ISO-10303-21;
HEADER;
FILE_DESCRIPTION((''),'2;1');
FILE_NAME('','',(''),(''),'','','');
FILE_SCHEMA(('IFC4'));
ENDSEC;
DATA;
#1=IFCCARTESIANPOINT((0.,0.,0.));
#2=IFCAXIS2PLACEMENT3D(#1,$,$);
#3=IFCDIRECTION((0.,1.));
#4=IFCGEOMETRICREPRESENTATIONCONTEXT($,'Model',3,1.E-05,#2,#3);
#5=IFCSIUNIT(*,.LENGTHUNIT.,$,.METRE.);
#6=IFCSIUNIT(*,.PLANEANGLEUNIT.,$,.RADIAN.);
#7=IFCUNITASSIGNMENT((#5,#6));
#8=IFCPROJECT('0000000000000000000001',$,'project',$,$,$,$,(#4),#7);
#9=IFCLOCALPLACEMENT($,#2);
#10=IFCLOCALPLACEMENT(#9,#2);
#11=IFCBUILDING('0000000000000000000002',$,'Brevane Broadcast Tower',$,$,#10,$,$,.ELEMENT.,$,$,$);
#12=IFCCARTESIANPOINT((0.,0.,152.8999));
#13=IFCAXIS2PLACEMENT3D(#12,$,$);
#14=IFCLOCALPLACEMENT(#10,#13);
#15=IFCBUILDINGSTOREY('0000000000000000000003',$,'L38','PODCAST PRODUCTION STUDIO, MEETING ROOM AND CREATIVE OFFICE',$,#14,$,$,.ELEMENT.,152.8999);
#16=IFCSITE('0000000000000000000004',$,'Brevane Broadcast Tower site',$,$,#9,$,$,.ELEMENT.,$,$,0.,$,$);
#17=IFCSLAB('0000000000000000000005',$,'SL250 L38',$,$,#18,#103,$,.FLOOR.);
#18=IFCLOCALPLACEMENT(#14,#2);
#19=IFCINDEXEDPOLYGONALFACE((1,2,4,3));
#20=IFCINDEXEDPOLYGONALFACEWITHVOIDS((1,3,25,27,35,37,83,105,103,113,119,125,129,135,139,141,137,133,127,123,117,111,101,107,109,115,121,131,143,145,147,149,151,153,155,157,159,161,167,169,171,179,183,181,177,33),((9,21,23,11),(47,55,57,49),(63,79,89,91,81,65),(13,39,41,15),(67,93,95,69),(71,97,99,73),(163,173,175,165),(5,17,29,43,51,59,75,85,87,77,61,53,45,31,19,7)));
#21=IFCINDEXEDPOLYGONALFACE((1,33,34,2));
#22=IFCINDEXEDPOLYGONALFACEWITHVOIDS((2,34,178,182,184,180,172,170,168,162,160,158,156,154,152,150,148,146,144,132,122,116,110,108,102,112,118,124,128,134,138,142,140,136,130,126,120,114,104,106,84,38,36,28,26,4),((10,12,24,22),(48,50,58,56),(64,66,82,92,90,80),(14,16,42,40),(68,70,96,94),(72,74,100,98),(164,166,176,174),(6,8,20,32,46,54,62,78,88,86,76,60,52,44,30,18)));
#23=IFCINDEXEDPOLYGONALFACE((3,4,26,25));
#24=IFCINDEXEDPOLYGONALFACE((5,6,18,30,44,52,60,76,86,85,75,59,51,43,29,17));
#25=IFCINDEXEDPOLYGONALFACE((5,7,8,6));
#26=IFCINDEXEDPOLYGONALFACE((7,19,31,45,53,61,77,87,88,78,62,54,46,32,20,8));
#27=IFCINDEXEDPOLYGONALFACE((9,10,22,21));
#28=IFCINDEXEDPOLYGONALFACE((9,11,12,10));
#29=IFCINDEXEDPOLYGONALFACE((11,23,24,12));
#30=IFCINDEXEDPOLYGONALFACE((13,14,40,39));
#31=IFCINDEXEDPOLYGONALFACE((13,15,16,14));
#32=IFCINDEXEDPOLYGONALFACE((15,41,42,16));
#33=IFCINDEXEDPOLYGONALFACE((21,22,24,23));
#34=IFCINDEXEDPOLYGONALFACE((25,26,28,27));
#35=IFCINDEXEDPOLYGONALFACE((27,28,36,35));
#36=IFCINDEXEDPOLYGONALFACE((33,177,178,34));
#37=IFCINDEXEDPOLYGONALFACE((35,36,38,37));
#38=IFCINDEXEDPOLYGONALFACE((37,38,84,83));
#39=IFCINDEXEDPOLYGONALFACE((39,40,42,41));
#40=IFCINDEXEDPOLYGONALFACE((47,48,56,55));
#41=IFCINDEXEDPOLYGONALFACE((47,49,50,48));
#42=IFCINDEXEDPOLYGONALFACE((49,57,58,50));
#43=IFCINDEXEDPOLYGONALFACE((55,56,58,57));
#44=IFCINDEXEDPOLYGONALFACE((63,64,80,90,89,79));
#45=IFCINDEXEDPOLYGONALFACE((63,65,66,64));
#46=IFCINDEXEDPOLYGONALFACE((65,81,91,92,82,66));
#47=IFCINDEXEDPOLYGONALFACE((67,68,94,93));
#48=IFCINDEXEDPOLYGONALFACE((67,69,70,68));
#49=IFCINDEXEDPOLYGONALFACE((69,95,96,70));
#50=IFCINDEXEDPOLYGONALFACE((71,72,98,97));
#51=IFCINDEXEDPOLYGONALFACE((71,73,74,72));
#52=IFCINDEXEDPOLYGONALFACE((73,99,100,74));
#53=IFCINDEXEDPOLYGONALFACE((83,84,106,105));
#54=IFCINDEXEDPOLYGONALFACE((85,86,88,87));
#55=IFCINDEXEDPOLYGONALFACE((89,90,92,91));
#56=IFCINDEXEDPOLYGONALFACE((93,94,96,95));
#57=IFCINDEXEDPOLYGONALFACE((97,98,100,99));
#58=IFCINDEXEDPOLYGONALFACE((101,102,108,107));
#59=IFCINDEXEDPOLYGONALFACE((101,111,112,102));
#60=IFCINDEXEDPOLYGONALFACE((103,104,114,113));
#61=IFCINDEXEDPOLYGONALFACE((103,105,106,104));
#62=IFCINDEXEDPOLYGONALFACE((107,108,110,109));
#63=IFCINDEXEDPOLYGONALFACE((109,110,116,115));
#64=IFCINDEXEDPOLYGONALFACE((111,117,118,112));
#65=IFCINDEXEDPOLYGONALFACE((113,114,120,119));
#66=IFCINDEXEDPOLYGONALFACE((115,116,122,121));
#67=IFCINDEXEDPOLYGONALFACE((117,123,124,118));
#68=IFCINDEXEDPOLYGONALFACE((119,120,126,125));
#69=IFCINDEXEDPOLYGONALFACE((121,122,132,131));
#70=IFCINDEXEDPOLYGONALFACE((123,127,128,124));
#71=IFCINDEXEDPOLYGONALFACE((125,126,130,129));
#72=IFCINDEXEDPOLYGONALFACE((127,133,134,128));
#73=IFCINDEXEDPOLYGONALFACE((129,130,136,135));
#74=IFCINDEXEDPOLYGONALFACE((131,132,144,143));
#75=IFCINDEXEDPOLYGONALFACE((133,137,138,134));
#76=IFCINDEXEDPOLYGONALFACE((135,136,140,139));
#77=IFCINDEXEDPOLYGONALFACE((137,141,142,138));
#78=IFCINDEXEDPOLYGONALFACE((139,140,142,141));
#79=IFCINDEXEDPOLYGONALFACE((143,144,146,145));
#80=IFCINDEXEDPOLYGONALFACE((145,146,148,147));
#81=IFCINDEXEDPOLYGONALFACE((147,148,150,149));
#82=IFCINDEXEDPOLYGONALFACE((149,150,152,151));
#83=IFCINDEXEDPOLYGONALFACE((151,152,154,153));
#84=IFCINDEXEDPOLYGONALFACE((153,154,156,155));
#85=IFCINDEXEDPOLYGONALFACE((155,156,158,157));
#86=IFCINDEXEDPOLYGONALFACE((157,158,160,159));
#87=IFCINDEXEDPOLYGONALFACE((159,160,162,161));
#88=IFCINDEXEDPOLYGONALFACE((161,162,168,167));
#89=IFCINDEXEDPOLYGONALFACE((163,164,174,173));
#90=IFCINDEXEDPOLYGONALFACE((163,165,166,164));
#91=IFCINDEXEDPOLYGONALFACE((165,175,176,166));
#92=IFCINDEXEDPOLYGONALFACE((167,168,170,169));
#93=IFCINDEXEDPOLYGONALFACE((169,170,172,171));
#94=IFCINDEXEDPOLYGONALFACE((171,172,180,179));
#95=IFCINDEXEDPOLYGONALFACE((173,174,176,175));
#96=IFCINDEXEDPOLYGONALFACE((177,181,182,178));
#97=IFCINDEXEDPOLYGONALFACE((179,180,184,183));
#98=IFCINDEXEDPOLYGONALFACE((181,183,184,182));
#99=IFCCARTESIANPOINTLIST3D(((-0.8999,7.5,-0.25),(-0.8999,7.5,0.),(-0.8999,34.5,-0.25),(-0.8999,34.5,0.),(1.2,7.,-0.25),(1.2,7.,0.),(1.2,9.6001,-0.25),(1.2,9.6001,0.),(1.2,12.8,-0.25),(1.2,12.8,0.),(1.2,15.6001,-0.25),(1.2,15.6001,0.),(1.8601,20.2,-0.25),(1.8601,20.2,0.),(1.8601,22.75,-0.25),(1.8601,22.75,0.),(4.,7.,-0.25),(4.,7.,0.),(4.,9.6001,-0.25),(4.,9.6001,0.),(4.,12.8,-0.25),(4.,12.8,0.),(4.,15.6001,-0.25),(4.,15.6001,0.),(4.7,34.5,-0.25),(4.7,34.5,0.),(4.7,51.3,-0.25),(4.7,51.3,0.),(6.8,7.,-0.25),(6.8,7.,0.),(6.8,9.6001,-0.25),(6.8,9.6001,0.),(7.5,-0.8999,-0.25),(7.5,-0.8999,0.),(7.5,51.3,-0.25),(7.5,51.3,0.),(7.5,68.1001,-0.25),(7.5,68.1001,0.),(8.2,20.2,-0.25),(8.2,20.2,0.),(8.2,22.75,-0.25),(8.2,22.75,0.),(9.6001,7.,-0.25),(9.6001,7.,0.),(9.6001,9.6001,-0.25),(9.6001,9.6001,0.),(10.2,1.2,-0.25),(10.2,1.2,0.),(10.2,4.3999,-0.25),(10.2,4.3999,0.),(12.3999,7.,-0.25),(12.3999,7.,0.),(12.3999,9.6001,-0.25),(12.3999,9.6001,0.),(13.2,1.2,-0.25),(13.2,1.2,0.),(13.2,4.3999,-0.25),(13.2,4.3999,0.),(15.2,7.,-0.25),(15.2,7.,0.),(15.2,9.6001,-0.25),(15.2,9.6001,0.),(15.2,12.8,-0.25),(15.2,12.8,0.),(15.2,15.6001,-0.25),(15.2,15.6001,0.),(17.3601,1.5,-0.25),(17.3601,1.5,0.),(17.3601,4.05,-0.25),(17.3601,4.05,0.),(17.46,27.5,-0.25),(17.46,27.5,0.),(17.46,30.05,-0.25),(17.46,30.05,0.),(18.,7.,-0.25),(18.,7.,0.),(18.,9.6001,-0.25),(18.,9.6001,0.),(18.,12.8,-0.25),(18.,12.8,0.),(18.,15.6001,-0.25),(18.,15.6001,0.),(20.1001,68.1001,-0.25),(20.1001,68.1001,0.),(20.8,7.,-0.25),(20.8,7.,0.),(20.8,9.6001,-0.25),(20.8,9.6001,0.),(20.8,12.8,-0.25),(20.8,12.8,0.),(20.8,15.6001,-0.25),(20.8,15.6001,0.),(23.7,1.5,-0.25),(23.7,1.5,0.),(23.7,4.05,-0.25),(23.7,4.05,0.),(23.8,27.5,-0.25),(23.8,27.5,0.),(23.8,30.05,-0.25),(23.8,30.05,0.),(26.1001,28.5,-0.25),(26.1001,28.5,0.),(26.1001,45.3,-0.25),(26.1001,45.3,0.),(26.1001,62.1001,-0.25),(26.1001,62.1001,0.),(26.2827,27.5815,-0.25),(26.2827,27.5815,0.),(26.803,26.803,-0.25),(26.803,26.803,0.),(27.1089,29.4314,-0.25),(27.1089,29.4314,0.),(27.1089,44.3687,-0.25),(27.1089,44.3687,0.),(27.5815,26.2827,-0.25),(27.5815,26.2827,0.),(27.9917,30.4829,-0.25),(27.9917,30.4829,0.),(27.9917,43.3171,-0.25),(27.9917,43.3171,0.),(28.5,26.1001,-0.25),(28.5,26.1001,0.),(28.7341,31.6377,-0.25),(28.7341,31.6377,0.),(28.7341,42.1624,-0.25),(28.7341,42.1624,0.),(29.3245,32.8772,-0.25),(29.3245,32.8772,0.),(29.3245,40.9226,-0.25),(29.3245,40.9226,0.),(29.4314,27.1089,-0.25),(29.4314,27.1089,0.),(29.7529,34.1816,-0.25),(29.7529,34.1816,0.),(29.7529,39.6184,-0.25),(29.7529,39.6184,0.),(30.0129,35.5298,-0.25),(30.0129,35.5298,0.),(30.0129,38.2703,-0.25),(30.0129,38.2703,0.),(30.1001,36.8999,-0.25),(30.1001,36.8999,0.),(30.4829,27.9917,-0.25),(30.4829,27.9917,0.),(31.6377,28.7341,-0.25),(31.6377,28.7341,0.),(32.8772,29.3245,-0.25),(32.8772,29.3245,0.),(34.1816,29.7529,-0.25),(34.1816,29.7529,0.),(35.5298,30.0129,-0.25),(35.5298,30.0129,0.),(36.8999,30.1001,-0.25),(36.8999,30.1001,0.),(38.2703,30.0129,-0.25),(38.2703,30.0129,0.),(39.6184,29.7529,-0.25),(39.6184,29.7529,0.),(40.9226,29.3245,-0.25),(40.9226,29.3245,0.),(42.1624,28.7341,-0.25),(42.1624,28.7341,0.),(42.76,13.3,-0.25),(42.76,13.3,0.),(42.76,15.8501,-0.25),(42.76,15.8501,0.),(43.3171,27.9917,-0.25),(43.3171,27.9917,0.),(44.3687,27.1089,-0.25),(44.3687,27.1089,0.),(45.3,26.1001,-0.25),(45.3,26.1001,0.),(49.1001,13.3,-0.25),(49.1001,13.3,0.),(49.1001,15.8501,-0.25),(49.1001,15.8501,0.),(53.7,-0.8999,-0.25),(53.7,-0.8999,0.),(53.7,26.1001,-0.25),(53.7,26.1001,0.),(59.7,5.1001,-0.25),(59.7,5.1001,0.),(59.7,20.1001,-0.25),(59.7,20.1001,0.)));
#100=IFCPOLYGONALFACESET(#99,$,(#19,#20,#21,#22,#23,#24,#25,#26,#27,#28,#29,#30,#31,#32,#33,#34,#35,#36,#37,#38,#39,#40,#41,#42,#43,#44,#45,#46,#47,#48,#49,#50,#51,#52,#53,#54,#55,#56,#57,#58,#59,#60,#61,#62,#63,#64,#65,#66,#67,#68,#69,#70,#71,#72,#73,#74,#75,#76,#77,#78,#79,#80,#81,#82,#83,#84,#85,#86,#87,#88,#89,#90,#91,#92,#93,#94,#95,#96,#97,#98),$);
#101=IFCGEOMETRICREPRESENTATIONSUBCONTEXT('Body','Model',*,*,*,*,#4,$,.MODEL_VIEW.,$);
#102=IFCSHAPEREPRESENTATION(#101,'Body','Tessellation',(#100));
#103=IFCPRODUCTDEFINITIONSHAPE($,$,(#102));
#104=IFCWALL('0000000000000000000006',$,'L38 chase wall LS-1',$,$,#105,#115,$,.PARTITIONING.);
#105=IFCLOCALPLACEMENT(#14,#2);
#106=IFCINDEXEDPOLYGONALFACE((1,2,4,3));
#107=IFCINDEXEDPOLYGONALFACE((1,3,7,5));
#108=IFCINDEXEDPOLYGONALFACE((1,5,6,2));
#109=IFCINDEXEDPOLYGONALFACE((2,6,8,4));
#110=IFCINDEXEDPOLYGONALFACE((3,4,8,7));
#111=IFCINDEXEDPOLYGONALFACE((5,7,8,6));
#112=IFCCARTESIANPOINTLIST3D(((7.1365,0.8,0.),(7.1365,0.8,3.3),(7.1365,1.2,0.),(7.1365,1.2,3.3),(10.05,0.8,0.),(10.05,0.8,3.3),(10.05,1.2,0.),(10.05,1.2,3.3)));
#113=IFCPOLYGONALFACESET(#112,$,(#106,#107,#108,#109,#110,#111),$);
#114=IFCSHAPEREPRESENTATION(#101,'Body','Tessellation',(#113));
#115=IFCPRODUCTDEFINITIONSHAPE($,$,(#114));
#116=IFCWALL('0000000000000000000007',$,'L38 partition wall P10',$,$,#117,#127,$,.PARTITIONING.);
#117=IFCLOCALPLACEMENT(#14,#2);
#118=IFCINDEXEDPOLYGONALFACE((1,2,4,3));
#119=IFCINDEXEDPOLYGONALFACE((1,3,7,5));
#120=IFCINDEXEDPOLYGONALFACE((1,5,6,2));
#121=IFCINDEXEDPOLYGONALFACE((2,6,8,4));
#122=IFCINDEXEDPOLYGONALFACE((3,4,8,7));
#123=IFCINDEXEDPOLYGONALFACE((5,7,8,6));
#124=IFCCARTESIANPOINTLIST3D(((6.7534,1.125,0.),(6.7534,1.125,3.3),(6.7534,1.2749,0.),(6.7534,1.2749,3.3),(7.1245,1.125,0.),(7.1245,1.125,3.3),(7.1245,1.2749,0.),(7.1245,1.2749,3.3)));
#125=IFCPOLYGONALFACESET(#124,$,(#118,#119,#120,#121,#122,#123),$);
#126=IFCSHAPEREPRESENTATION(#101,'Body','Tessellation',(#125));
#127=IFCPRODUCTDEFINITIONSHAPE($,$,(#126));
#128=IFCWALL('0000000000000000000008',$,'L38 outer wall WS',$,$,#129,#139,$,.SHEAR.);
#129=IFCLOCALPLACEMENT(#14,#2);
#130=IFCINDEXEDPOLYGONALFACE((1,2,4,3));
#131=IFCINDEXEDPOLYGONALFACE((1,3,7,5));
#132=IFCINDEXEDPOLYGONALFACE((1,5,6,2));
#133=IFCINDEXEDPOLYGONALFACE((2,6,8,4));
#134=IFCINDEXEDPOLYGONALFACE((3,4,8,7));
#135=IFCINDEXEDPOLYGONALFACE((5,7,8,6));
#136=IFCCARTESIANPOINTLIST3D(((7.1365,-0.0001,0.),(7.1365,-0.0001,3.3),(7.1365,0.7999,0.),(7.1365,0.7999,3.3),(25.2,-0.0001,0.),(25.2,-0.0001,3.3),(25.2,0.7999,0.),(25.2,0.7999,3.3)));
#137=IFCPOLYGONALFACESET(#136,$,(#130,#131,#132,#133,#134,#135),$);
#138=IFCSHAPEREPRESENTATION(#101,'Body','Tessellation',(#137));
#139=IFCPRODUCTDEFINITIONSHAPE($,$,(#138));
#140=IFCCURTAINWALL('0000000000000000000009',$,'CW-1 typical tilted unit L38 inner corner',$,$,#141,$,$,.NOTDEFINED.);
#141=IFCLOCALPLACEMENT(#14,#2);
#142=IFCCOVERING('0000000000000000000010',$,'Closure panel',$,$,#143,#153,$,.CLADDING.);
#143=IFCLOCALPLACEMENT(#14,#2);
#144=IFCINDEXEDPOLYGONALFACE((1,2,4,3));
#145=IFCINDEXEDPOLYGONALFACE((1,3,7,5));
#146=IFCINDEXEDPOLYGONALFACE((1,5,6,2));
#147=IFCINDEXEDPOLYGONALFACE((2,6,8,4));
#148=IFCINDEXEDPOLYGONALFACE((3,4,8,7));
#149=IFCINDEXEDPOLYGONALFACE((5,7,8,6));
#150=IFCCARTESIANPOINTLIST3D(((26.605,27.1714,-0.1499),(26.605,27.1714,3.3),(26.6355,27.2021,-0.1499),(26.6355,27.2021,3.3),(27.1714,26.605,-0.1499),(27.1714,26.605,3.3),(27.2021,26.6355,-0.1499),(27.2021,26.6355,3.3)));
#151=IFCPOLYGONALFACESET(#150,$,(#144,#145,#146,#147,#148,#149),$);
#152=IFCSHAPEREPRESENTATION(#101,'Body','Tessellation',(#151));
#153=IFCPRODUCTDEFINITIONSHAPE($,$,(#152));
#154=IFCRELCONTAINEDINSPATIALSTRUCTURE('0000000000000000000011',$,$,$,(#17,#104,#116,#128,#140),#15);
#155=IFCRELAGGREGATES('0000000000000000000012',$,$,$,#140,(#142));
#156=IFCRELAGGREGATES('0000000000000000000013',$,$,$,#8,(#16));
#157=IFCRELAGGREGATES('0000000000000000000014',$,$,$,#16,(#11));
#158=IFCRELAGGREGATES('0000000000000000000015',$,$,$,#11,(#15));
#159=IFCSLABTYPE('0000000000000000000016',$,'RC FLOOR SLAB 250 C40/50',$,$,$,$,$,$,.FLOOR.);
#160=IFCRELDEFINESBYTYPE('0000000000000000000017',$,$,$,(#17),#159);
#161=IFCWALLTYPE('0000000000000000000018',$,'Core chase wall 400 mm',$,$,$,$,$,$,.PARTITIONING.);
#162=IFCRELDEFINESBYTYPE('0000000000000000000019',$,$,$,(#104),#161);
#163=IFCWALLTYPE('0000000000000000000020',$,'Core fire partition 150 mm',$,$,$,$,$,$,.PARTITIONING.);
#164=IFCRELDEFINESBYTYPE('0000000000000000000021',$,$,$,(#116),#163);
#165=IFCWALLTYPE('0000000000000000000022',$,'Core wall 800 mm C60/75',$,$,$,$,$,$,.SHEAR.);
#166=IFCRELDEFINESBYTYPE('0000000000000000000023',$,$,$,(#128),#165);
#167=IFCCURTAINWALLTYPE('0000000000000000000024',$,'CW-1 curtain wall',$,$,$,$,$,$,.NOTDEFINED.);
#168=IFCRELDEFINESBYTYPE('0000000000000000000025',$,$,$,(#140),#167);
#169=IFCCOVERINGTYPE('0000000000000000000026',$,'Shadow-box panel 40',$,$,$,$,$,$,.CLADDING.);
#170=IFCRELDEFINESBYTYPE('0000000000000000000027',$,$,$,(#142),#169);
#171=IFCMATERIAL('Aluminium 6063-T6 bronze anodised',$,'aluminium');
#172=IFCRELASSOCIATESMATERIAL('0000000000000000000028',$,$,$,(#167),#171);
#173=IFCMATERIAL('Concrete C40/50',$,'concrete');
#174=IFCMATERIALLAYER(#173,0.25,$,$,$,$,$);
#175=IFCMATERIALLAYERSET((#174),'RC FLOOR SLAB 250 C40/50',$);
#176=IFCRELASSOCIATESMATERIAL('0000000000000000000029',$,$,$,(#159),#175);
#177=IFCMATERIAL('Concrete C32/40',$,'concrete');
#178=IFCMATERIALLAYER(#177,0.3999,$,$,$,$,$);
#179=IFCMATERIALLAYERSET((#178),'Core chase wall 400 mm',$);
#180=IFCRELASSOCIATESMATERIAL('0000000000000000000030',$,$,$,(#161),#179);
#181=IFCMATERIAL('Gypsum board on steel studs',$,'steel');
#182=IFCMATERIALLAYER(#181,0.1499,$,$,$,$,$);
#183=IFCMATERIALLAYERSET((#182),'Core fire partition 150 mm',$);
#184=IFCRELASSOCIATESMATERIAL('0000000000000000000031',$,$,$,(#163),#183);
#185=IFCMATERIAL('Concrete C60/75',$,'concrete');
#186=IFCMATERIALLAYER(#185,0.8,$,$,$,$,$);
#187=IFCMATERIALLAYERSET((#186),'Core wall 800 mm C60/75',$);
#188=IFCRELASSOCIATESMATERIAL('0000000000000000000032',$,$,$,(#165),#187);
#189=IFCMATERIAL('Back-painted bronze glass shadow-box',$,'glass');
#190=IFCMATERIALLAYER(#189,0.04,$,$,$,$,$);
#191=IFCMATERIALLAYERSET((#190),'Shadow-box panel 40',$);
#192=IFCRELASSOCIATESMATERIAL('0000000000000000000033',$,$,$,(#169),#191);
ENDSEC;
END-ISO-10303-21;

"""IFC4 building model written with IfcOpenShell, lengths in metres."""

from ifc_helpers import new_model, si_unit, direction, frame, frame_2d, origin, place, context, subcontext, project, spatial, polyline, rectangle, outline, extrude, material, layer, layer_set, type_object, element, aggregate, save


model = new_model("IFC4")

# Units and contexts
model_context = context("Model", 3, precision=1e-05, world=origin(), true_north=direction((0.0, 1.0)))
body_context = subcontext(model_context, "Body", "Model", "MODEL_VIEW")
ifc_project = project(units=[si_unit("LENGTHUNIT", "METRE"), si_unit("PLANEANGLEUNIT", "RADIAN")], contexts=[model_context])

# Site, building, storey
site_placement = place(None, origin())
site = spatial("IfcSite", under=ifc_project, at=site_placement, Name="Brevane Broadcast Tower site", CompositionType="ELEMENT", RefElevation=0.0)
building_placement = place(site_placement, origin())
building = spatial("IfcBuilding", under=site, at=building_placement, Name="Brevane Broadcast Tower", CompositionType="ELEMENT")
storey_placement = place(building_placement, frame((0.0, 0.0, 152.8999)))
storey = spatial("IfcBuildingStorey", under=building, at=storey_placement, Name="L38", Description="PODCAST PRODUCTION STUDIO, MEETING ROOM AND CREATIVE OFFICE", CompositionType="ELEMENT", Elevation=152.8999)

# Shared definitions
ifc_material_1 = material(Name="Aluminium 6063-T6 bronze anodised", Category="aluminium")
curtain_wall_type = type_object("IfcCurtainWallType", Name="CW-1 curtain wall", PredefinedType="NOTDEFINED", material=ifc_material_1)

# Slab
ifc_material_2 = material(Name="Concrete C40/50", Category="concrete")
ifc_layer_1 = layer(ifc_material_2, 0.25)
ifc_layer_set_1 = layer_set([ifc_layer_1], Name="RC FLOOR SLAB 250 C40/50")
slab_type_1 = type_object("IfcSlabType", Name="RC FLOOR SLAB 250 C40/50", PredefinedType="FLOOR", material=ifc_layer_set_1)
slab_1_placement = place(storey_placement, frame((0.0, 0.0, -0.25)))
element("IfcSlab", 1, at=slab_1_placement, inside=storey, type_object=slab_type_1, Name="SL250 L38", PredefinedType="FLOOR", context=body_context, shape_type="SweptSolid", body=[
    extrude(outline(polyline([(-0.8999, 7.5), (-0.8999, 34.5), (4.7, 34.5), (4.7, 51.3), (7.5, 51.3), (7.5, 68.1001), (20.1001, 68.1001), (26.1001, 62.1001), (26.1001, 45.3), (27.1089, 44.3687), (27.9917, 43.3171), (28.7341, 42.1624), (29.3245, 40.9226), (29.7529, 39.6184), (30.0129, 38.2703), (30.1001, 36.8999), (30.0129, 35.5298), (29.7529, 34.1816), (29.3245, 32.8772), (28.7341, 31.6377), (27.9917, 30.4829), (27.1089, 29.4314), (26.1001, 28.5), (26.2827, 27.5815), (26.803, 26.803), (27.5815, 26.2827), (28.5, 26.1001), (29.4314, 27.1089), (30.4829, 27.9917), (31.6377, 28.7341), (32.8772, 29.3245), (34.1816, 29.7529), (35.5298, 30.0129), (36.8999, 30.1001), (38.2703, 30.0129), (39.6184, 29.7529), (40.9226, 29.3245), (42.1624, 28.7341), (43.3171, 27.9917), (44.3687, 27.1089), (45.3, 26.1001), (53.7, 26.1001), (59.7, 20.1001), (59.7, 5.1001), (53.7, -0.8999), (7.5, -0.8999), (-0.8999, 7.5)]), holes=[polyline([(13.2, 4.3999), (10.2, 4.3999), (10.2, 1.2), (13.2, 1.2), (13.2, 4.3999)]), polyline([(4.0, 9.6001), (1.2, 9.6001), (1.2, 7.0), (4.0, 7.0), (6.8, 7.0), (9.6001, 7.0), (12.3999, 7.0), (15.2, 7.0), (18.0, 7.0), (20.8, 7.0), (20.8, 9.6001), (18.0, 9.6001), (15.2, 9.6001), (12.3999, 9.6001), (9.6001, 9.6001), (6.8, 9.6001), (4.0, 9.6001)]), polyline([(4.0, 12.8), (4.0, 15.6001), (1.2, 15.6001), (1.2, 12.8), (4.0, 12.8)]), polyline([(8.2, 22.75), (1.8601, 22.75), (1.8601, 20.2), (8.2, 20.2), (8.2, 22.75)]), polyline([(23.7, 4.05), (17.3601, 4.05), (17.3601, 1.5), (23.7, 1.5), (23.7, 4.05)]), polyline([(18.0, 15.6001), (15.2, 15.6001), (15.2, 12.8), (18.0, 12.8), (20.8, 12.8), (20.8, 15.6001), (18.0, 15.6001)]), polyline([(49.1001, 15.8501), (42.76, 15.8501), (42.76, 13.3), (49.1001, 13.3), (49.1001, 15.8501)]), polyline([(23.8, 30.05), (17.46, 30.05), (17.46, 27.5), (23.8, 27.5), (23.8, 30.05)])]), origin(), (0.0, 0.0, 1.0), 0.25),
])

# Walls
ifc_material_3 = material(Name="Concrete C32/40", Category="concrete")
ifc_layer_2 = layer(ifc_material_3, 0.3999)
ifc_layer_set_2 = layer_set([ifc_layer_2], Name="Core chase wall 400 mm")
wall_type_1 = type_object("IfcWallType", Name="Core chase wall 400 mm", PredefinedType="PARTITIONING", material=ifc_layer_set_2)
wall_1_placement = place(storey_placement, frame((7.1365, 1.0, 0.0), z_axis=(0.0, 0.0, 1.0), x_axis=(1.0, 0.0, 0.0)))
element("IfcWall", 2, at=wall_1_placement, inside=storey, type_object=wall_type_1, Name="L38 chase wall LS-1", PredefinedType="PARTITIONING", context=body_context, shape_type="SweptSolid", body=[
    extrude(rectangle(XDim=2.9136, YDim=0.3999, at=frame_2d((1.4568, 0.0))), origin(), (0.0, 0.0, 1.0), 3.3),
])
ifc_material_4 = material(Name="Gypsum board on steel studs", Category="steel")
ifc_layer_3 = layer(ifc_material_4, 0.1499)
ifc_layer_set_3 = layer_set([ifc_layer_3], Name="Core fire partition 150 mm")
wall_type_2 = type_object("IfcWallType", Name="Core fire partition 150 mm", PredefinedType="PARTITIONING", material=ifc_layer_set_3)
wall_2_placement = place(storey_placement, frame((7.1245, 1.2, 0.0), z_axis=(0.0, 0.0, 1.0), x_axis=(-1.0, 0.0, 0.0)))
element("IfcWall", 3, at=wall_2_placement, inside=storey, type_object=wall_type_2, Name="L38 partition wall P10", PredefinedType="PARTITIONING", context=body_context, shape_type="SweptSolid", body=[
    extrude(rectangle(XDim=0.3711, YDim=0.1499, at=frame_2d((0.1855, 0.0))), origin(), (0.0, 0.0, 1.0), 3.3),
])
ifc_material_5 = material(Name="Concrete C60/75", Category="concrete")
ifc_layer_4 = layer(ifc_material_5, 0.8)
ifc_layer_set_4 = layer_set([ifc_layer_4], Name="Core wall 800 mm C60/75")
wall_type_3 = type_object("IfcWallType", Name="Core wall 800 mm C60/75", PredefinedType="SHEAR", material=ifc_layer_set_4)
wall_3_placement = place(storey_placement, frame((7.1365, 0.3999, 0.0), z_axis=(0.0, 0.0, 1.0), x_axis=(1.0, 0.0, 0.0)))
element("IfcWall", 4, at=wall_3_placement, inside=storey, type_object=wall_type_3, Name="L38 outer wall WS", PredefinedType="SHEAR", context=body_context, shape_type="SweptSolid", body=[
    extrude(rectangle(XDim=18.0635, YDim=0.8, at=frame_2d((9.0317, 0.0))), origin(), (0.0, 0.0, 1.0), 3.3),
])

# Curtain wall, covering
curtain_wall_1_placement = place(storey_placement, origin())
curtain_wall_1 = element("IfcCurtainWall", 5, at=curtain_wall_1_placement, inside=storey, type_object=curtain_wall_type, Name="CW-1 typical tilted unit L38 inner corner", PredefinedType="NOTDEFINED")
ifc_material_6 = material(Name="Back-painted bronze glass shadow-box", Category="glass")
ifc_layer_5 = layer(ifc_material_6, 0.04)
ifc_layer_set_5 = layer_set([ifc_layer_5], Name="Shadow-box panel 40")
covering_type = type_object("IfcCoveringType", Name="Shadow-box panel 40", PredefinedType="CLADDING", material=ifc_layer_set_5)
covering_placement = place(storey_placement, frame((0.0, 0.0, -0.1499)))
covering = element("IfcCovering", 6, at=covering_placement, type_object=covering_type, Name="Closure panel", PredefinedType="CLADDING", context=body_context, shape_type="SweptSolid", body=[
    extrude(outline(polyline([(27.1714, 26.605), (27.2021, 26.6355), (26.6355, 27.2021), (26.605, 27.1714), (27.1714, 26.605)])), origin(), (0.0, 0.0, 1.0), 3.45),
])
aggregate(curtain_wall_1, [covering])

save(model, "model.ifc")
